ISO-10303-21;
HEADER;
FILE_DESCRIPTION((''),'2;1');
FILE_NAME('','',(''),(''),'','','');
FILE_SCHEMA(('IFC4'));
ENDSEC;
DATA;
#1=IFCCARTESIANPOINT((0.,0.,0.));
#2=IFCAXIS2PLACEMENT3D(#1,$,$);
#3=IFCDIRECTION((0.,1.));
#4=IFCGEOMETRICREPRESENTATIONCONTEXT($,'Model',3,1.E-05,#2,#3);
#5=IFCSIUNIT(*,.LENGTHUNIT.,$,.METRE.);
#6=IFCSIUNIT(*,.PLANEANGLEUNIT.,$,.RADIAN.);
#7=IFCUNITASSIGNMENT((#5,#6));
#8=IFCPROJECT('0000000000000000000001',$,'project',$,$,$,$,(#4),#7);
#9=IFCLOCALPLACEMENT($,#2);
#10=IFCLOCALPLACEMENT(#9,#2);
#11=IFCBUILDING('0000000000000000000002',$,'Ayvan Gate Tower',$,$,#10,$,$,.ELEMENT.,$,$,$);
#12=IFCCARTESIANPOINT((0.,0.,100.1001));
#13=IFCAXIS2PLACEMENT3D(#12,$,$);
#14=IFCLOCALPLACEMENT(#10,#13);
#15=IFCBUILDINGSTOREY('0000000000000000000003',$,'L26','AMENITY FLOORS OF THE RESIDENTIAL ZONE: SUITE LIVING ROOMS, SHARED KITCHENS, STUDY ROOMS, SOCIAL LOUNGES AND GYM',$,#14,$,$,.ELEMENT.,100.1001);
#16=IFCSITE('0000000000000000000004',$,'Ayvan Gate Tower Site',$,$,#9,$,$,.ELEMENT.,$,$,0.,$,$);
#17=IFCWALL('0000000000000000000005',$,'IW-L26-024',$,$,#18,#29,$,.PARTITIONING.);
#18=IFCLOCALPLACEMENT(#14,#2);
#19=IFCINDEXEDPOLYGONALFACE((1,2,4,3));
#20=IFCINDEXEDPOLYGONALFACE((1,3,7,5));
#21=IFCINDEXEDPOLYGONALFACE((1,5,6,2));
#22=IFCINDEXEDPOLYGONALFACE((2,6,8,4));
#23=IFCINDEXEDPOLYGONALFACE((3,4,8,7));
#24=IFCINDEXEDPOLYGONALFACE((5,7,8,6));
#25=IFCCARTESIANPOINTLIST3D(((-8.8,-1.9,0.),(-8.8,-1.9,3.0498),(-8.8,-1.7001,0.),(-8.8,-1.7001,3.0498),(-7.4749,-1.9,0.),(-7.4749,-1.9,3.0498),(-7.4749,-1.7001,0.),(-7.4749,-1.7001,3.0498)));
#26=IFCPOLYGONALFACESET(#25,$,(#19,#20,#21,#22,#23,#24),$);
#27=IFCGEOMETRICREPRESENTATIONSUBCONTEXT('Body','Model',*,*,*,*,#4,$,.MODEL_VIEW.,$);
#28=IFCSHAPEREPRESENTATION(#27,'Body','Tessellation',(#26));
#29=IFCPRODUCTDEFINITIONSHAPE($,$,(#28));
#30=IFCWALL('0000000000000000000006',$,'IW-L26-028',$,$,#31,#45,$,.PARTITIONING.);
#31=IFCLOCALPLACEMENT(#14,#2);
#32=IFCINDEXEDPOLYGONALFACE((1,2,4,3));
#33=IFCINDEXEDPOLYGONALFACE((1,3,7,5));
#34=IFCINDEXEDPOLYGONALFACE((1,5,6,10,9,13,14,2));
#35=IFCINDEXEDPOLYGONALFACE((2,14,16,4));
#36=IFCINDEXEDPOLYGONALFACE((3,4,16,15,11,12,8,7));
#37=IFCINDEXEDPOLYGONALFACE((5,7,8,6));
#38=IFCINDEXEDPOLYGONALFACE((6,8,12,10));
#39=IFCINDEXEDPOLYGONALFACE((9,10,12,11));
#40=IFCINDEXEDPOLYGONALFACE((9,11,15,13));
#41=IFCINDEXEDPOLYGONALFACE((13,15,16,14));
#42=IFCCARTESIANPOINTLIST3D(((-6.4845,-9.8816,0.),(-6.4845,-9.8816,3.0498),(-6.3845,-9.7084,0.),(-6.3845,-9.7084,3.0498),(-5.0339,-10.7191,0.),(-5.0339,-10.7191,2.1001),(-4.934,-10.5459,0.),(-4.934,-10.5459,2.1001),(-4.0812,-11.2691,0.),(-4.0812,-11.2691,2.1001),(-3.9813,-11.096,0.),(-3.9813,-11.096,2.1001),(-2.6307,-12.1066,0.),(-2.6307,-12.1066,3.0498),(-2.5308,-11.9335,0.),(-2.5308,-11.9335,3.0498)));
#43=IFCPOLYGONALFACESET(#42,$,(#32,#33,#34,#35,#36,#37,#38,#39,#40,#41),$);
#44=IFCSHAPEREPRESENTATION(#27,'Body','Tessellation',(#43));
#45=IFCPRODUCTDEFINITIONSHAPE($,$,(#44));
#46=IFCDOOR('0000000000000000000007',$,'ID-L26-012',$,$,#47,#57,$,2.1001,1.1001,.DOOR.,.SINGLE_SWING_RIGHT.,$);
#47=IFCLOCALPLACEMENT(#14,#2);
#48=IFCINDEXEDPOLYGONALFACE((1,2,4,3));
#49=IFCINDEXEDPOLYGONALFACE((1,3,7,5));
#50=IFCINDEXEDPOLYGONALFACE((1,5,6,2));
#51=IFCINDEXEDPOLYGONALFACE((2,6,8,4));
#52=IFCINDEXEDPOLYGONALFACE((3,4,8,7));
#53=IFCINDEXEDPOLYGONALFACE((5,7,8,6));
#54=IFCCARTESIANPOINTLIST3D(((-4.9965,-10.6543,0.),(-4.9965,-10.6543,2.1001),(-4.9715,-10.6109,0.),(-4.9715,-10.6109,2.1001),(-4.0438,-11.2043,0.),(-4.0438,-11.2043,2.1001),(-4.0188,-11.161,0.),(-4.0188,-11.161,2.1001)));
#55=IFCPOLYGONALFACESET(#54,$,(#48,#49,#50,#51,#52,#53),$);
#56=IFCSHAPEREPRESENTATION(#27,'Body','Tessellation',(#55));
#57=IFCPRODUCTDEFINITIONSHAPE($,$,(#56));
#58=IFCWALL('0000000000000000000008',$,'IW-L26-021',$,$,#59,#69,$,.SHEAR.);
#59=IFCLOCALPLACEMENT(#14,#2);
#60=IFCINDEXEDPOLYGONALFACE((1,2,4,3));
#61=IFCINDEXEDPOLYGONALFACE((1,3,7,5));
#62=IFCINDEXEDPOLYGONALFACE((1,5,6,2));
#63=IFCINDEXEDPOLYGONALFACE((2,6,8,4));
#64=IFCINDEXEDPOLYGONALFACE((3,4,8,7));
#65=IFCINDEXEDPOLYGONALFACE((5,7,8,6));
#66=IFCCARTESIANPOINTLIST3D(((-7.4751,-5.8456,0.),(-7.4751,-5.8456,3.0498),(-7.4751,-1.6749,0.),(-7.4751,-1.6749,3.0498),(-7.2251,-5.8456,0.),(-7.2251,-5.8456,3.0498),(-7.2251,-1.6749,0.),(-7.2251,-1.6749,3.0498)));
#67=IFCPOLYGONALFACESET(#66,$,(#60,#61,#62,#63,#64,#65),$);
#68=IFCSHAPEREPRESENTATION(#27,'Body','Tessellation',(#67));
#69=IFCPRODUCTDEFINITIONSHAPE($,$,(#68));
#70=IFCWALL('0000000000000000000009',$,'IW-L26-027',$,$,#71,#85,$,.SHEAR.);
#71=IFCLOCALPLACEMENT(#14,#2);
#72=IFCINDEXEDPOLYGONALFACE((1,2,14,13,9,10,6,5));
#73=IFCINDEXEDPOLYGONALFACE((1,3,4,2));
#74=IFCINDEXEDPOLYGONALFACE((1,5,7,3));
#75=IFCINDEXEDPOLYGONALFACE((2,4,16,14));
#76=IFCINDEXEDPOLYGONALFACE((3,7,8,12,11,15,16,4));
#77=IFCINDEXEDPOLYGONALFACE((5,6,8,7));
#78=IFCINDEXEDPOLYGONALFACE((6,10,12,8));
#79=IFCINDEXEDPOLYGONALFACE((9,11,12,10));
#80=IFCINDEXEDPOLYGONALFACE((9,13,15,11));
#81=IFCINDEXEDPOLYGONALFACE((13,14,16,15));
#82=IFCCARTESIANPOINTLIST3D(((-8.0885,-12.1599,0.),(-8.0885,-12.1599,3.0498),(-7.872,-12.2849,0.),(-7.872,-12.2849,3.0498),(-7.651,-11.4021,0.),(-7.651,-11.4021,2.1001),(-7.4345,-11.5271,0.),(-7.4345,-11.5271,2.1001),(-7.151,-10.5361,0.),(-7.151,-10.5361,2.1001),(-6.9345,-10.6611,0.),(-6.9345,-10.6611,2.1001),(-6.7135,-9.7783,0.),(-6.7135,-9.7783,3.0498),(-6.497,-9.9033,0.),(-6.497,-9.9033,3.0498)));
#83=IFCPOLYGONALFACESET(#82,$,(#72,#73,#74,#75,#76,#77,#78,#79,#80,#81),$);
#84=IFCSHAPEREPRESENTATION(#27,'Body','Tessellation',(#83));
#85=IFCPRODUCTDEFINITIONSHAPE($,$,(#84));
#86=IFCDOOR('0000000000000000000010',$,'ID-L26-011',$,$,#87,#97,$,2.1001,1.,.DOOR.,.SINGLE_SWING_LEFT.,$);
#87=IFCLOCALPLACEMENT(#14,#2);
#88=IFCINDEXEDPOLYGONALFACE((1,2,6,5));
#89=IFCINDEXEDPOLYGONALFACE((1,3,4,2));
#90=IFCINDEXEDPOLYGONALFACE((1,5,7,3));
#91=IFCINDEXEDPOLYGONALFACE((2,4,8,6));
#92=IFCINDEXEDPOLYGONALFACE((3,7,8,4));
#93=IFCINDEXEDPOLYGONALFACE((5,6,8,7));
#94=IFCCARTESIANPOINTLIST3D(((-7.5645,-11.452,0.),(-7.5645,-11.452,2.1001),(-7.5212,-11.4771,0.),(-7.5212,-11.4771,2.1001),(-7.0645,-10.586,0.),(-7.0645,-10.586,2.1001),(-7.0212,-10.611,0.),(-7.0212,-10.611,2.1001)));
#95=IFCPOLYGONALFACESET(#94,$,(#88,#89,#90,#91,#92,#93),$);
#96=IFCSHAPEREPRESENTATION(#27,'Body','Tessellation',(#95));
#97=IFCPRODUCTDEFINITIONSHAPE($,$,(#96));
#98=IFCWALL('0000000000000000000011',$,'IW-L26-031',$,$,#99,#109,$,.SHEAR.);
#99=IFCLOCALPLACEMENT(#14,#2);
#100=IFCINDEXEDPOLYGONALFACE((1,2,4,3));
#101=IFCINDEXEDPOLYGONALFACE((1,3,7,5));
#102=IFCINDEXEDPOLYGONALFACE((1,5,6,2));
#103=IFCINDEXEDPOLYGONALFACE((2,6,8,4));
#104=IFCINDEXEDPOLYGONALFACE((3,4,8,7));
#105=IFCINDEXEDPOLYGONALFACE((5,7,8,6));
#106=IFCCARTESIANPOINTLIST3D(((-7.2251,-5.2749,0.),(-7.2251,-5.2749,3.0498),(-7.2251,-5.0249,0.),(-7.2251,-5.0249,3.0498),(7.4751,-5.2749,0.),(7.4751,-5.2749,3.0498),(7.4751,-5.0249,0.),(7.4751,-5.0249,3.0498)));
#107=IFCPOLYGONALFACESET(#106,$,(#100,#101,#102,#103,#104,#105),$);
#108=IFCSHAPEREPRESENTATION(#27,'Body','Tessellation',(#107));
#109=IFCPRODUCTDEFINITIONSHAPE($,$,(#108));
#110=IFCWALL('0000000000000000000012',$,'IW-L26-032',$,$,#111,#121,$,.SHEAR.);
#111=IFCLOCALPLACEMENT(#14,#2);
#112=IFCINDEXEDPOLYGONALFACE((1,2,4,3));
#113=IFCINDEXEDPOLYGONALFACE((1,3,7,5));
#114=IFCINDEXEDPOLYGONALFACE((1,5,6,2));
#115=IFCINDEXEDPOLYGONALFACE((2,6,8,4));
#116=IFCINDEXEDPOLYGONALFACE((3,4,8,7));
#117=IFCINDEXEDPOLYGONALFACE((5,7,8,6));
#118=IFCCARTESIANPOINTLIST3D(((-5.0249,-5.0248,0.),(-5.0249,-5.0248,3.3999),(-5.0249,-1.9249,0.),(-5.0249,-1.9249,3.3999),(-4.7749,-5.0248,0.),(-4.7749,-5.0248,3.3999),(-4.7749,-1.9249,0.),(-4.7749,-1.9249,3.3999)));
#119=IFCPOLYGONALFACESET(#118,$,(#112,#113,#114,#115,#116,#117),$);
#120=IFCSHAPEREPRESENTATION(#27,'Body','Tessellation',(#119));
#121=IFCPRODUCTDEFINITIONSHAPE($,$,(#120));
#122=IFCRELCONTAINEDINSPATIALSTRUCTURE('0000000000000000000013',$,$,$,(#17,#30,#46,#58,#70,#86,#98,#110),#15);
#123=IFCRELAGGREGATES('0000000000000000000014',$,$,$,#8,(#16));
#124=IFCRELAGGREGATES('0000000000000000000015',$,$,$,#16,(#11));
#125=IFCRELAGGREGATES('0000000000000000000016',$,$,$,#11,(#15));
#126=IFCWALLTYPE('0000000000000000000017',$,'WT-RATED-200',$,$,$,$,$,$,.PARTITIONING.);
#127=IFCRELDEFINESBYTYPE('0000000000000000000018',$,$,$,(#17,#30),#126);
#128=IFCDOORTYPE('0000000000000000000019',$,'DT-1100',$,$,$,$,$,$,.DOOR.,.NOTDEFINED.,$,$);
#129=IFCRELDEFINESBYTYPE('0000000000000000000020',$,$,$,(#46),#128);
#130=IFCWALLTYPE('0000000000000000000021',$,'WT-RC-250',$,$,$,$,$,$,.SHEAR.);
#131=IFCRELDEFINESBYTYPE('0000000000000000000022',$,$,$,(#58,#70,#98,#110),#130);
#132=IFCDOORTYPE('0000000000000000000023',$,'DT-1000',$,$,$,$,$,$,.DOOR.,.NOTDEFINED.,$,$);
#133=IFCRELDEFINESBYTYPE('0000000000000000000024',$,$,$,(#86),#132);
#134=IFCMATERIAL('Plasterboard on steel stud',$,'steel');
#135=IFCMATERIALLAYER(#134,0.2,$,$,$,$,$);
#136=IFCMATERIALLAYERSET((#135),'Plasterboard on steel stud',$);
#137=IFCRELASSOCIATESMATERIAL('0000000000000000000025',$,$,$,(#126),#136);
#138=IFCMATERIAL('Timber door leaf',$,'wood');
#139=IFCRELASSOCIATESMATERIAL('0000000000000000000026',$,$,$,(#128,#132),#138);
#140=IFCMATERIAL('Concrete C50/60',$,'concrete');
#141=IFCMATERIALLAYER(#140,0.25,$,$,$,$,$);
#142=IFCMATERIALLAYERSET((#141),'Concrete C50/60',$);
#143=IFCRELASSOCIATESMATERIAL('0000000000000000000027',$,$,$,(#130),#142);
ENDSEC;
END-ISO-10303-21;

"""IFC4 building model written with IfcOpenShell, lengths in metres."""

from ifc_helpers import new_model, si_unit, direction, frame, frame_2d, origin, place, context, subcontext, project, spatial, rectangle, extrude, material, layer, layer_set, type_object, element, fill, save


model = new_model("IFC4")

# Units and contexts
model_context = context("Model", 3, precision=1e-05, world=origin(), true_north=direction((0.0, 1.0)))
body_context = subcontext(model_context, "Body", "Model", "MODEL_VIEW")
ifc_project = project(units=[si_unit("LENGTHUNIT", "METRE"), si_unit("PLANEANGLEUNIT", "RADIAN")], contexts=[model_context])

# Site, building, storey
site_placement = place(None, origin())
site = spatial("IfcSite", under=ifc_project, at=site_placement, Name="Ayvan Gate Tower Site", CompositionType="ELEMENT", RefElevation=0.0)
building_placement = place(site_placement, origin())
building = spatial("IfcBuilding", under=site, at=building_placement, Name="Ayvan Gate Tower", CompositionType="ELEMENT")
storey_placement = place(building_placement, frame((0.0, 0.0, 100.1001)))
storey = spatial("IfcBuildingStorey", under=building, at=storey_placement, Name="L26", Description="AMENITY FLOORS OF THE RESIDENTIAL ZONE: SUITE LIVING ROOMS, SHARED KITCHENS, STUDY ROOMS, SOCIAL LOUNGES AND GYM", CompositionType="ELEMENT", Elevation=100.1001)

# Wall
ifc_material_1 = material(Name="Plasterboard on steel stud", Category="steel")
ifc_layer_1 = layer(ifc_material_1, 0.2)
ifc_layer_set_1 = layer_set([ifc_layer_1], Name="Plasterboard on steel stud")
wall_type_1 = type_object("IfcWallType", Name="WT-RATED-200", PredefinedType="PARTITIONING", material=ifc_layer_set_1)
wall_1_placement = place(storey_placement, frame((-7.4749, -1.8, 0.0), z_axis=(0.0, 0.0, 1.0), x_axis=(-1.0, 0.0, 0.0)))
element("IfcWall", 1, at=wall_1_placement, inside=storey, type_object=wall_type_1, Name="IW-L26-024", PredefinedType="PARTITIONING", context=body_context, shape_type="SweptSolid", body=[
    extrude(rectangle(XDim=1.3252, YDim=0.2, at=frame_2d((0.6626, 0.0))), origin(), (0.0, 0.0, 1.0), 3.0498),
])

# Wall, opening, door
wall_2_placement = place(storey_placement, frame((-6.4346, -9.7949, 0.0), z_axis=(0.0, 0.0, 1.0), x_axis=(0.866013, -0.500022, 0.0)))
wall_2 = element("IfcWall", 2, at=wall_2_placement, inside=storey, type_object=wall_type_1, Name="IW-L26-028", PredefinedType="PARTITIONING", context=body_context, shape_type="SweptSolid", body=[
    extrude(rectangle(XDim=4.45, YDim=0.2, at=frame_2d((2.2251, 0.0))), origin(), (0.0, 0.0, 1.0), 3.0498),
])
opening_1_placement = place(wall_2_placement, frame((1.675, 0.0, 0.0)))
opening_1 = element("IfcOpeningElement", 3, at=opening_1_placement, cuts=wall_2, PredefinedType="OPENING", context=body_context, shape_type="SweptSolid", body=[
    extrude(rectangle(XDim=1.1001, YDim=2.1001, at=frame_2d((0.55, 1.05))), frame((0.0, 0.1099, 0.0), z_axis=(0.0, -1.0, 0.0), x_axis=(1.0, 0.0, 0.0)), (0.0, 0.0, 1.0), 0.22),
])
ifc_material_2 = material(Name="Timber door leaf", Category="wood")
door_type_1 = type_object("IfcDoorType", Name="DT-1100", OperationType="NOTDEFINED", PredefinedType="DOOR", material=ifc_material_2)
door_1_placement = place(opening_1_placement, origin())
door_1 = element("IfcDoor", 4, at=door_1_placement, inside=storey, type_object=door_type_1, Name="ID-L26-012", OperationType="SINGLE_SWING_RIGHT", OverallHeight=2.1001, OverallWidth=1.1001, PredefinedType="DOOR", context=body_context, shape_type="SweptSolid", body=[
    extrude(rectangle(XDim=1.1001, YDim=2.1001, at=frame_2d((0.55, 1.05))), frame((0.0, 0.0249, 0.0), z_axis=(0.0, -1.0, 0.0), x_axis=(1.0, 0.0, 0.0)), (0.0, 0.0, 1.0), 0.05),
])
fill(opening_1, door_1)

# Wall
ifc_material_3 = material(Name="Concrete C50/60", Category="concrete")
ifc_layer_2 = layer(ifc_material_3, 0.25)
ifc_layer_set_2 = layer_set([ifc_layer_2], Name="Concrete C50/60")
wall_type_2 = type_object("IfcWallType", Name="WT-RC-250", PredefinedType="SHEAR", material=ifc_layer_set_2)
wall_3_placement = place(storey_placement, frame((-7.3501, -5.8457, 0.0), z_axis=(0.0, 0.0, 1.0), x_axis=(0.0, 1.0, 0.0)))
element("IfcWall", 5, at=wall_3_placement, inside=storey, type_object=wall_type_2, Name="IW-L26-021", PredefinedType="SHEAR", context=body_context, shape_type="SweptSolid", body=[
    extrude(rectangle(XDim=4.1707, YDim=0.25, at=frame_2d((2.0854, 0.0))), origin(), (0.0, 0.0, 1.0), 3.0498),
])

# Wall, opening, door
wall_4_placement = place(storey_placement, frame((-6.6052, -9.8408, 0.0), z_axis=(0.0, 0.0, 1.0), x_axis=(-0.499997, -0.866027, 0.0)))
wall_4 = element("IfcWall", 6, at=wall_4_placement, inside=storey, type_object=wall_type_2, Name="IW-L26-027", PredefinedType="SHEAR", context=body_context, shape_type="SweptSolid", body=[
    extrude(rectangle(XDim=2.75, YDim=0.25, at=frame_2d((1.375, 0.0))), origin(), (0.0, 0.0, 1.0), 3.0498),
])
opening_2_placement = place(wall_4_placement, frame((0.875, 0.0, 0.0)))
opening_2 = element("IfcOpeningElement", 7, at=opening_2_placement, cuts=wall_4, PredefinedType="OPENING", context=body_context, shape_type="SweptSolid", body=[
    extrude(rectangle(XDim=1.0, YDim=2.1001, at=frame_2d((0.5, 1.05))), frame((0.0, 0.135, 0.0), z_axis=(0.0, -1.0, 0.0), x_axis=(1.0, 0.0, 0.0)), (0.0, 0.0, 1.0), 0.27),
])
door_type_2 = type_object("IfcDoorType", Name="DT-1000", OperationType="NOTDEFINED", PredefinedType="DOOR", material=ifc_material_2)
door_2_placement = place(opening_2_placement, origin())
door_2 = element("IfcDoor", 8, at=door_2_placement, inside=storey, type_object=door_type_2, Name="ID-L26-011", OperationType="SINGLE_SWING_LEFT", OverallHeight=2.1001, OverallWidth=1.0, PredefinedType="DOOR", context=body_context, shape_type="SweptSolid", body=[
    extrude(rectangle(XDim=1.0, YDim=2.1001, at=frame_2d((0.5, 1.05))), frame((0.0, 0.0249, 0.0), z_axis=(0.0, -1.0, 0.0), x_axis=(1.0, 0.0, 0.0)), (0.0, 0.0, 1.0), 0.05),
])
fill(opening_2, door_2)

# Walls
wall_5_placement = place(storey_placement, frame((-7.2251, -5.1499, 0.0), z_axis=(0.0, 0.0, 1.0), x_axis=(1.0, 0.0, 0.0)))
element("IfcWall", 9, at=wall_5_placement, inside=storey, type_object=wall_type_2, Name="IW-L26-031", PredefinedType="SHEAR", context=body_context, shape_type="SweptSolid", body=[
    extrude(rectangle(XDim=14.7002, YDim=0.25, at=frame_2d((7.3501, 0.0))), origin(), (0.0, 0.0, 1.0), 3.0498),
])
wall_6_placement = place(storey_placement, frame((-4.8999, -1.925, 0.0), z_axis=(0.0, 0.0, 1.0), x_axis=(0.0, -1.0, 0.0)))
element("IfcWall", 10, at=wall_6_placement, inside=storey, type_object=wall_type_2, Name="IW-L26-032", PredefinedType="SHEAR", context=body_context, shape_type="SweptSolid", body=[
    extrude(rectangle(XDim=3.0999, YDim=0.25, at=frame_2d((1.5498, 0.0))), origin(), (0.0, 0.0, 1.0), 3.3999),
])

save(model, "model.ifc")
